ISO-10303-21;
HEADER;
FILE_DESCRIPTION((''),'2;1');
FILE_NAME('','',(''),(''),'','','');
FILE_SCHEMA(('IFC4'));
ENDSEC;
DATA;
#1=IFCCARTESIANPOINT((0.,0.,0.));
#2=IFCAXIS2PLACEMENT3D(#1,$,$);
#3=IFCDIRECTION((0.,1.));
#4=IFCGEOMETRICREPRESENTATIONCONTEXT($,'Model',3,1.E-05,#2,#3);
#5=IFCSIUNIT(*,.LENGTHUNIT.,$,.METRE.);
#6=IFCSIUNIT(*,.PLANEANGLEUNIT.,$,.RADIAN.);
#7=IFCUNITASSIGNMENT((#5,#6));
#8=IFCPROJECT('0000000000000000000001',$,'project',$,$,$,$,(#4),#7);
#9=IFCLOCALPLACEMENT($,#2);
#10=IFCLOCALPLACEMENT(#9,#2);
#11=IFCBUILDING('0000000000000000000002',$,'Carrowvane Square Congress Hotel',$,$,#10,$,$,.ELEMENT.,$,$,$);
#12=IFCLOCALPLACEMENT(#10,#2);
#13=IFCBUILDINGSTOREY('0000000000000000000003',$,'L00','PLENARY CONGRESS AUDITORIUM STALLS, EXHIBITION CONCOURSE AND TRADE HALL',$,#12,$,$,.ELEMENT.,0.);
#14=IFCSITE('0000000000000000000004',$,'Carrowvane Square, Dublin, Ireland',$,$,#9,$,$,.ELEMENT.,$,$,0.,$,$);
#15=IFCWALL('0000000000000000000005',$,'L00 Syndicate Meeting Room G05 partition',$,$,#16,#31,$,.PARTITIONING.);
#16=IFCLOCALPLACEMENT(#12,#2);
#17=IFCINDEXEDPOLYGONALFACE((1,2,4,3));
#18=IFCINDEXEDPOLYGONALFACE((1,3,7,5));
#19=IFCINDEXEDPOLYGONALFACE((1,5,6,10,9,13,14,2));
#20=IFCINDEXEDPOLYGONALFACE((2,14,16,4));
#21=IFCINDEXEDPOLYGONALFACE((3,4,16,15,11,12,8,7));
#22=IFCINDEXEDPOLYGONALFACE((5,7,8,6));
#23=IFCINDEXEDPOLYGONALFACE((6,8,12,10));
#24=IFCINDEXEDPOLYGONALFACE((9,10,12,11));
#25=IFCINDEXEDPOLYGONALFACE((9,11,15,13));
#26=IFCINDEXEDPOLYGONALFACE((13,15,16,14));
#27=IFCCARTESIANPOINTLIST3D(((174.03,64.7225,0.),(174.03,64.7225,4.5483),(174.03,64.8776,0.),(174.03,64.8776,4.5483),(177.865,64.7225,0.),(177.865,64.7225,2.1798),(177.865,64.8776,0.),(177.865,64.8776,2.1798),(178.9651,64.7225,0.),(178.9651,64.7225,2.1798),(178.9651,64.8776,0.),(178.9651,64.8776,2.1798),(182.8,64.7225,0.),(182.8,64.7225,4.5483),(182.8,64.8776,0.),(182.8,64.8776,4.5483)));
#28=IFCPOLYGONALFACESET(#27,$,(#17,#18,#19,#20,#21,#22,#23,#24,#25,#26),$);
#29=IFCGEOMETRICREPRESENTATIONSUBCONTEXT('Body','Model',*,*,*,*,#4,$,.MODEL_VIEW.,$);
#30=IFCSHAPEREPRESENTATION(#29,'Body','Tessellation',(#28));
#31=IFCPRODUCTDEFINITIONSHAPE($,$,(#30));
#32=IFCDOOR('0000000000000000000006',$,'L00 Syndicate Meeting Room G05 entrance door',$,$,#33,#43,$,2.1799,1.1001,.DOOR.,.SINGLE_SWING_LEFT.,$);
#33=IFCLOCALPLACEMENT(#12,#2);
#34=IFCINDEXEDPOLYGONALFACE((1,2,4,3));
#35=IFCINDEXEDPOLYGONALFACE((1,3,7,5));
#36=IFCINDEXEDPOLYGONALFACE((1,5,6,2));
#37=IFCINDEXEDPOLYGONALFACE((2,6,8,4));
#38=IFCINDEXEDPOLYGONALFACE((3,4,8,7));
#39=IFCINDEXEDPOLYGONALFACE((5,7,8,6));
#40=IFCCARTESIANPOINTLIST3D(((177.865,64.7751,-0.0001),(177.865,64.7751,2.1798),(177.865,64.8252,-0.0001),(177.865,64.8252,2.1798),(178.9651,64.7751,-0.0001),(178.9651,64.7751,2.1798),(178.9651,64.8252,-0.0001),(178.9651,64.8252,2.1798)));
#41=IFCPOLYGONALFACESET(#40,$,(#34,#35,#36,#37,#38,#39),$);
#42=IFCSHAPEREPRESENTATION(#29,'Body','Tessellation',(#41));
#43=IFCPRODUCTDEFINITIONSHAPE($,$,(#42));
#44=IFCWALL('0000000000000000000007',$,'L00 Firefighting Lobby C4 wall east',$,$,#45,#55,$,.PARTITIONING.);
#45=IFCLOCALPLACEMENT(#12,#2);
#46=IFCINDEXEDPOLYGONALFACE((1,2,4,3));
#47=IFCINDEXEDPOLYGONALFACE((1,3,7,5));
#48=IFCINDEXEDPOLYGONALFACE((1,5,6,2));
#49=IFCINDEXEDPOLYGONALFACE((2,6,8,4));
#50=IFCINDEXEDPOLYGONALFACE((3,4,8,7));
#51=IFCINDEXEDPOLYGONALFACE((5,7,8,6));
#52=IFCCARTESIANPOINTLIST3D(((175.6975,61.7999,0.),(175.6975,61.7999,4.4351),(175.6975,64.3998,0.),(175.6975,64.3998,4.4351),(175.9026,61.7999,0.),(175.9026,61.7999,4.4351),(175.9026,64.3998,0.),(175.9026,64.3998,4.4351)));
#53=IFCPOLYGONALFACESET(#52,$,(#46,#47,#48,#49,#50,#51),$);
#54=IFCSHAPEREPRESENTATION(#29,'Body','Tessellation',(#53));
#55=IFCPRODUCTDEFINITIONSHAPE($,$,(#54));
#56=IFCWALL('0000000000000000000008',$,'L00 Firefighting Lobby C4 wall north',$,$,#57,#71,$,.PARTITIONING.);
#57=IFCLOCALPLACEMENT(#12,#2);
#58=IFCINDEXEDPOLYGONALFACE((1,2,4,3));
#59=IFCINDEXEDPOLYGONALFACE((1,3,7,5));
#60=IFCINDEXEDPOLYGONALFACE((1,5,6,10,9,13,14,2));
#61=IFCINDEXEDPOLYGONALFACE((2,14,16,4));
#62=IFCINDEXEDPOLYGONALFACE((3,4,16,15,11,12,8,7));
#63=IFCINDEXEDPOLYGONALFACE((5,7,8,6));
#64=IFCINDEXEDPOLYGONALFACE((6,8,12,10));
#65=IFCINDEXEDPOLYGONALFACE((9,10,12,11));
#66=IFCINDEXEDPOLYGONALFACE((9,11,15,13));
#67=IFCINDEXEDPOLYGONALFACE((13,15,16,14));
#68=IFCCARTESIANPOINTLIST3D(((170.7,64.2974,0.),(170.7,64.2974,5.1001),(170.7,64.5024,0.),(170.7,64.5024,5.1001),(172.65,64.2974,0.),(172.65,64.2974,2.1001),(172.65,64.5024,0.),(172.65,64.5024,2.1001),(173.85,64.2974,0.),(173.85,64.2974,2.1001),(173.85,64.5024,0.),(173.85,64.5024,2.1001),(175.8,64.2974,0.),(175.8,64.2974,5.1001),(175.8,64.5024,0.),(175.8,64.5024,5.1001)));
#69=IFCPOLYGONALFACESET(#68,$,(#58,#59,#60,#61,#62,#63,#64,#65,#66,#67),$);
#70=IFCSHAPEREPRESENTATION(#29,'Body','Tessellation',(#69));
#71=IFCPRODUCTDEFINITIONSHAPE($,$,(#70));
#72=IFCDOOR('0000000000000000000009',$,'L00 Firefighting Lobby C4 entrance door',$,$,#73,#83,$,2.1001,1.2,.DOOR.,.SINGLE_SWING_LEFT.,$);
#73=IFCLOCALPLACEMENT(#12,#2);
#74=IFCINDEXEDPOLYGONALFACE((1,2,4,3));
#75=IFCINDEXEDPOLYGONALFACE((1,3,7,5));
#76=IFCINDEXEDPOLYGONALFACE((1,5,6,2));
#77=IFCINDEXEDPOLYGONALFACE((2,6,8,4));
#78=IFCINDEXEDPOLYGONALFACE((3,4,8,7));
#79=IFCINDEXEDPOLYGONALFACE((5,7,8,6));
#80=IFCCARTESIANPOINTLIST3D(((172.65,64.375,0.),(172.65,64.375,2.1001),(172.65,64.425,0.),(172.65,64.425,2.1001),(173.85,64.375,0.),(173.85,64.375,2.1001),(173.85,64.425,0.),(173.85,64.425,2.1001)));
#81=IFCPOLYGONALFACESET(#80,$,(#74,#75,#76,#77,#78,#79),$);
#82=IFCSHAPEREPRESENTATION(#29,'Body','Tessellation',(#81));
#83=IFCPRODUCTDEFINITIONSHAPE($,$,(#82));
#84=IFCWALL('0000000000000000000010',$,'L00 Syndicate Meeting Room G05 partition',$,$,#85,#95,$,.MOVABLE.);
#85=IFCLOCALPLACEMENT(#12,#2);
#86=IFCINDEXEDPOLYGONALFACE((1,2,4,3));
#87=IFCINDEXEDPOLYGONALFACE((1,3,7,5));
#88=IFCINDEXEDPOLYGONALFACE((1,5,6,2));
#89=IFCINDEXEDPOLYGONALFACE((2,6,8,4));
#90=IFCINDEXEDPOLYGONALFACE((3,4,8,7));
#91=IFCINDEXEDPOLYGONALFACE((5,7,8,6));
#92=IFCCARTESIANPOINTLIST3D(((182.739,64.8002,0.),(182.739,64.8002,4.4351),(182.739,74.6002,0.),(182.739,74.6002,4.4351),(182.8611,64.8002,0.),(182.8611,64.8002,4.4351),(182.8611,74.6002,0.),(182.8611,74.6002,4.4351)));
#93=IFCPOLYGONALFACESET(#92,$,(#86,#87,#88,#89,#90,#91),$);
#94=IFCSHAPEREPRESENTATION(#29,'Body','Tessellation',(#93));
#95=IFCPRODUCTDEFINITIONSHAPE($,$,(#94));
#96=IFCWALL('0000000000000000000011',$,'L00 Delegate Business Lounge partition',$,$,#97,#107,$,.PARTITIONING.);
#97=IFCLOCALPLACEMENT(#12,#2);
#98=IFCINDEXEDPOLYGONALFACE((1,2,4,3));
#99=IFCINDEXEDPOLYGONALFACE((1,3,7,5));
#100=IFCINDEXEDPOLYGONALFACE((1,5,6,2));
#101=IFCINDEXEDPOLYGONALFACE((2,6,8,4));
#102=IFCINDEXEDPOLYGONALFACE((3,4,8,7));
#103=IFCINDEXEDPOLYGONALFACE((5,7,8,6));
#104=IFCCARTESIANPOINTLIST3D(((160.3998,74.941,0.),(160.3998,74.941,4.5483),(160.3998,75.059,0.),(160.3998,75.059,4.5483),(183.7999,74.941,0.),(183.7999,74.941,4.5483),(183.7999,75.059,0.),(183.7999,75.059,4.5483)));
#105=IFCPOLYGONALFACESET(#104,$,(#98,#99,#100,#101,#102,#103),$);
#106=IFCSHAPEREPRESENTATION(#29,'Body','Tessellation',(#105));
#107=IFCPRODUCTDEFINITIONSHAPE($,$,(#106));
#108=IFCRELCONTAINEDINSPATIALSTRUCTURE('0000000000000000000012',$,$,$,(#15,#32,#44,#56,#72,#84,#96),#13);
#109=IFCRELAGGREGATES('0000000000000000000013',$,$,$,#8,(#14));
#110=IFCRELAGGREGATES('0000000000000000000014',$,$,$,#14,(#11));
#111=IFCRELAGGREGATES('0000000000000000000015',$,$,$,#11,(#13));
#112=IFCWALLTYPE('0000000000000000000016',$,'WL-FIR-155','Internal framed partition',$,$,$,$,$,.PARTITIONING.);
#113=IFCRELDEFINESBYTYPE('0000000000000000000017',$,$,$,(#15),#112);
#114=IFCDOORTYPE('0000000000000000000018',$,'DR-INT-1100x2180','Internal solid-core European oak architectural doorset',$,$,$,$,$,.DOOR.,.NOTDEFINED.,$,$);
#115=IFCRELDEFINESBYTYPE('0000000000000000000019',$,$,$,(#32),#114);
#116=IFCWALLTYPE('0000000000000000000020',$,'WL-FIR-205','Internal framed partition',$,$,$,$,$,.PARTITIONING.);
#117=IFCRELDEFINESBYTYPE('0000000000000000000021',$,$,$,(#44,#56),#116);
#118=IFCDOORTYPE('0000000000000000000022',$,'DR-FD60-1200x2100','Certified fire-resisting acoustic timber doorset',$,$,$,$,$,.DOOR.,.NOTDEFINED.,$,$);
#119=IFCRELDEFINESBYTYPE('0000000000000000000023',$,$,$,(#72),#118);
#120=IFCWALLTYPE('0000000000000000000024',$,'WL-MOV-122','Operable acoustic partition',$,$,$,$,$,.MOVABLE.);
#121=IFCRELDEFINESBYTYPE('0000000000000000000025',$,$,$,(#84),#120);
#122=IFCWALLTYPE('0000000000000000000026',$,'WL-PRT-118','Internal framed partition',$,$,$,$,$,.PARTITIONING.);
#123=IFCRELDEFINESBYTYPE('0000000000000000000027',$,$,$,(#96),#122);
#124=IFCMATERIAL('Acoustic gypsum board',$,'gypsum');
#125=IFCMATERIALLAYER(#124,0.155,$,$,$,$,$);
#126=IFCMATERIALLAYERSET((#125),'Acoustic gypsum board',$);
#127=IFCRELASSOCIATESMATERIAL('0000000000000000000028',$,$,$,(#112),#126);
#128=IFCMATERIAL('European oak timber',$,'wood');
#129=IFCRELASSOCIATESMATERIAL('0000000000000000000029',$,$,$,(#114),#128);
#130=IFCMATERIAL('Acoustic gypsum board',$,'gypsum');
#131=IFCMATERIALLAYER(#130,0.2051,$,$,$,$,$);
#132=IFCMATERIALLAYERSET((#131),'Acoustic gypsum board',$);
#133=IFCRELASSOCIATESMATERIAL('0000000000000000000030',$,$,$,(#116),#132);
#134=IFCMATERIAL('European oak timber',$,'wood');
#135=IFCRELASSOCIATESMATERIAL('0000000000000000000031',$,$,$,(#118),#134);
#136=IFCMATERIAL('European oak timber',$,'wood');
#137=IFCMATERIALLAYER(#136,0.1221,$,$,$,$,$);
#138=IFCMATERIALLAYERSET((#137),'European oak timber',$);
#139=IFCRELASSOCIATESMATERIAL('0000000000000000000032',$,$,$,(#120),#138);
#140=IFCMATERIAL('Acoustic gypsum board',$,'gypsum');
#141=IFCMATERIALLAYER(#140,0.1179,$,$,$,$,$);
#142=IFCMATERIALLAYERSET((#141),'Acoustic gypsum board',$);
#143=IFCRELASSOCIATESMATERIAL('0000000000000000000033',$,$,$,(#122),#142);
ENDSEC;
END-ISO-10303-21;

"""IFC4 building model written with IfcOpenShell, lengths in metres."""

from ifc_helpers import new_model, si_unit, direction, frame, frame_2d, origin, place, context, subcontext, project, spatial, rectangle, extrude, material, layer, layer_set, type_object, element, fill, save


model = new_model("IFC4")

# Units and contexts
model_context = context("Model", 3, precision=1e-05, world=origin(), true_north=direction((0.0, 1.0)))
body_context = subcontext(model_context, "Body", "Model", "MODEL_VIEW")
ifc_project = project(units=[si_unit("LENGTHUNIT", "METRE"), si_unit("PLANEANGLEUNIT", "RADIAN")], contexts=[model_context])

# Site, building, storey
site_placement = place(None, origin())
site = spatial("IfcSite", under=ifc_project, at=site_placement, Name="Carrowvane Square, Dublin, Ireland", CompositionType="ELEMENT", RefElevation=0.0)
building_placement = place(site_placement, origin())
building = spatial("IfcBuilding", under=site, at=building_placement, Name="Carrowvane Square Congress Hotel", CompositionType="ELEMENT")
storey_placement = place(building_placement, origin())
storey = spatial("IfcBuildingStorey", under=building, at=storey_placement, Name="L00", Description="PLENARY CONGRESS AUDITORIUM STALLS, EXHIBITION CONCOURSE AND TRADE HALL", CompositionType="ELEMENT", Elevation=0.0)

# Wall, opening, door
ifc_material_1 = material(Name="Acoustic gypsum board", Category="gypsum")
ifc_layer_1 = layer(ifc_material_1, 0.155)
ifc_layer_set_1 = layer_set([ifc_layer_1], Name="Acoustic gypsum board")
wall_type_1 = type_object("IfcWallType", Name="WL-FIR-155", Description="Internal framed partition", PredefinedType="PARTITIONING", material=ifc_layer_set_1)
wall_1_placement = place(storey_placement, frame((182.8, 64.8, 0.0), z_axis=(0.0, 0.0, 1.0), x_axis=(-1.0, 0.0, 0.0)))
wall_1 = element("IfcWall", 1, at=wall_1_placement, inside=storey, type_object=wall_type_1, Name="L00 Syndicate Meeting Room G05 partition", PredefinedType="PARTITIONING", context=body_context, shape_type="SweptSolid", body=[
    extrude(rectangle(XDim=8.77, YDim=0.155, at=frame_2d((4.385, 0.0))), origin(), (0.0, 0.0, 1.0), 4.5483),
])
opening_1_placement = place(wall_1_placement, frame((3.835, 0.0, 0.0)))
opening_1 = element("IfcOpeningElement", 2, at=opening_1_placement, cuts=wall_1, PredefinedType="OPENING", context=body_context, shape_type="SweptSolid", body=[
    extrude(rectangle(XDim=1.1001, YDim=2.1799, at=frame_2d((0.55, 1.0898))), frame((0.0, 0.0874, 0.0), z_axis=(0.0, -1.0, 0.0), x_axis=(1.0, 0.0, 0.0)), (0.0, 0.0, 1.0), 0.175),
])
ifc_material_2 = material(Name="European oak timber", Category="wood")
door_type_1 = type_object("IfcDoorType", Name="DR-INT-1100x2180", Description="Internal solid-core European oak architectural doorset", OperationType="NOTDEFINED", PredefinedType="DOOR", material=ifc_material_2)
door_1_placement = place(opening_1_placement, origin())
door_1 = element("IfcDoor", 3, at=door_1_placement, inside=storey, type_object=door_type_1, Name="L00 Syndicate Meeting Room G05 entrance door", OperationType="SINGLE_SWING_LEFT", OverallHeight=2.1799, OverallWidth=1.1001, PredefinedType="DOOR", context=body_context, shape_type="SweptSolid", body=[
    extrude(rectangle(XDim=1.1001, YDim=2.1799, at=frame_2d((0.55, 1.0898))), frame((0.0, 0.0249, 0.0), z_axis=(0.0, -1.0, 0.0), x_axis=(1.0, 0.0, 0.0)), (0.0, 0.0, 1.0), 0.05),
])
fill(opening_1, door_1)

# Wall
ifc_material_3 = material(Name="Acoustic gypsum board", Category="gypsum")
ifc_layer_2 = layer(ifc_material_3, 0.2051)
ifc_layer_set_2 = layer_set([ifc_layer_2], Name="Acoustic gypsum board")
wall_type_2 = type_object("IfcWallType", Name="WL-FIR-205", Description="Internal framed partition", PredefinedType="PARTITIONING", material=ifc_layer_set_2)
wall_2_placement = place(storey_placement, frame((175.8, 61.8, 0.0), z_axis=(0.0, 0.0, 1.0), x_axis=(0.0, 1.0, 0.0)))
element("IfcWall", 4, at=wall_2_placement, inside=storey, type_object=wall_type_2, Name="L00 Firefighting Lobby C4 wall east", PredefinedType="PARTITIONING", context=body_context, shape_type="SweptSolid", body=[
    extrude(rectangle(XDim=2.5999, YDim=0.2051, at=frame_2d((1.2998, 0.0))), origin(), (0.0, 0.0, 1.0), 4.4351),
])

# Wall, opening, door
wall_3_placement = place(storey_placement, frame((175.8, 64.3999, 0.0), z_axis=(0.0, 0.0, 1.0), x_axis=(-1.0, 0.0, 0.0)))
wall_3 = element("IfcWall", 5, at=wall_3_placement, inside=storey, type_object=wall_type_2, Name="L00 Firefighting Lobby C4 wall north", PredefinedType="PARTITIONING", context=body_context, shape_type="SweptSolid", body=[
    extrude(rectangle(XDim=5.1001, YDim=0.2051, at=frame_2d((2.55, 0.0))), origin(), (0.0, 0.0, 1.0), 5.1001),
])
opening_2_placement = place(wall_3_placement, frame((1.95, 0.0, 0.0)))
opening_2 = element("IfcOpeningElement", 6, at=opening_2_placement, cuts=wall_3, PredefinedType="OPENING", context=body_context, shape_type="SweptSolid", body=[
    extrude(rectangle(XDim=1.2, YDim=2.1001, at=frame_2d((0.6001, 1.05))), frame((0.0, 0.1125, 0.0), z_axis=(0.0, -1.0, 0.0), x_axis=(1.0, 0.0, 0.0)), (0.0, 0.0, 1.0), 0.2251),
])
ifc_material_4 = material(Name="European oak timber", Category="wood")
door_type_2 = type_object("IfcDoorType", Name="DR-FD60-1200x2100", Description="Certified fire-resisting acoustic timber doorset", OperationType="NOTDEFINED", PredefinedType="DOOR", material=ifc_material_4)
door_2_placement = place(opening_2_placement, origin())
door_2 = element("IfcDoor", 7, at=door_2_placement, inside=storey, type_object=door_type_2, Name="L00 Firefighting Lobby C4 entrance door", OperationType="SINGLE_SWING_LEFT", OverallHeight=2.1001, OverallWidth=1.2, PredefinedType="DOOR", context=body_context, shape_type="SweptSolid", body=[
    extrude(rectangle(XDim=1.2, YDim=2.1001, at=frame_2d((0.6001, 1.05))), frame((0.0, 0.0249, 0.0), z_axis=(0.0, -1.0, 0.0), x_axis=(1.0, 0.0, 0.0)), (0.0, 0.0, 1.0), 0.05),
])
fill(opening_2, door_2)

# Walls
ifc_material_5 = material(Name="European oak timber", Category="wood")
ifc_layer_3 = layer(ifc_material_5, 0.1221)
ifc_layer_set_3 = layer_set([ifc_layer_3], Name="European oak timber")
wall_type_3 = type_object("IfcWallType", Name="WL-MOV-122", Description="Operable acoustic partition", PredefinedType="MOVABLE", material=ifc_layer_set_3)
wall_4_placement = place(storey_placement, frame((182.8, 74.6001, 0.0), z_axis=(0.0, 0.0, 1.0), x_axis=(0.0, -1.0, 0.0)))
element("IfcWall", 8, at=wall_4_placement, inside=storey, type_object=wall_type_3, Name="L00 Syndicate Meeting Room G05 partition", PredefinedType="MOVABLE", context=body_context, shape_type="SweptSolid", body=[
    extrude(rectangle(XDim=9.8, YDim=0.1221, at=frame_2d((4.8999, 0.0))), origin(), (0.0, 0.0, 1.0), 4.4351),
])
ifc_material_6 = material(Name="Acoustic gypsum board", Category="gypsum")
ifc_layer_4 = layer(ifc_material_6, 0.1179)
ifc_layer_set_4 = layer_set([ifc_layer_4], Name="Acoustic gypsum board")
wall_type_4 = type_object("IfcWallType", Name="WL-PRT-118", Description="Internal framed partition", PredefinedType="PARTITIONING", material=ifc_layer_set_4)
wall_5_placement = place(storey_placement, frame((183.8, 75.0, 0.0), z_axis=(0.0, 0.0, 1.0), x_axis=(-1.0, 0.0, 0.0)))
element("IfcWall", 9, at=wall_5_placement, inside=storey, type_object=wall_type_4, Name="L00 Delegate Business Lounge partition", PredefinedType="PARTITIONING", context=body_context, shape_type="SweptSolid", body=[
    extrude(rectangle(XDim=23.4001, YDim=0.1179, at=frame_2d((11.7002, 0.0))), origin(), (0.0, 0.0, 1.0), 4.5483),
])

save(model, "model.ifc")
